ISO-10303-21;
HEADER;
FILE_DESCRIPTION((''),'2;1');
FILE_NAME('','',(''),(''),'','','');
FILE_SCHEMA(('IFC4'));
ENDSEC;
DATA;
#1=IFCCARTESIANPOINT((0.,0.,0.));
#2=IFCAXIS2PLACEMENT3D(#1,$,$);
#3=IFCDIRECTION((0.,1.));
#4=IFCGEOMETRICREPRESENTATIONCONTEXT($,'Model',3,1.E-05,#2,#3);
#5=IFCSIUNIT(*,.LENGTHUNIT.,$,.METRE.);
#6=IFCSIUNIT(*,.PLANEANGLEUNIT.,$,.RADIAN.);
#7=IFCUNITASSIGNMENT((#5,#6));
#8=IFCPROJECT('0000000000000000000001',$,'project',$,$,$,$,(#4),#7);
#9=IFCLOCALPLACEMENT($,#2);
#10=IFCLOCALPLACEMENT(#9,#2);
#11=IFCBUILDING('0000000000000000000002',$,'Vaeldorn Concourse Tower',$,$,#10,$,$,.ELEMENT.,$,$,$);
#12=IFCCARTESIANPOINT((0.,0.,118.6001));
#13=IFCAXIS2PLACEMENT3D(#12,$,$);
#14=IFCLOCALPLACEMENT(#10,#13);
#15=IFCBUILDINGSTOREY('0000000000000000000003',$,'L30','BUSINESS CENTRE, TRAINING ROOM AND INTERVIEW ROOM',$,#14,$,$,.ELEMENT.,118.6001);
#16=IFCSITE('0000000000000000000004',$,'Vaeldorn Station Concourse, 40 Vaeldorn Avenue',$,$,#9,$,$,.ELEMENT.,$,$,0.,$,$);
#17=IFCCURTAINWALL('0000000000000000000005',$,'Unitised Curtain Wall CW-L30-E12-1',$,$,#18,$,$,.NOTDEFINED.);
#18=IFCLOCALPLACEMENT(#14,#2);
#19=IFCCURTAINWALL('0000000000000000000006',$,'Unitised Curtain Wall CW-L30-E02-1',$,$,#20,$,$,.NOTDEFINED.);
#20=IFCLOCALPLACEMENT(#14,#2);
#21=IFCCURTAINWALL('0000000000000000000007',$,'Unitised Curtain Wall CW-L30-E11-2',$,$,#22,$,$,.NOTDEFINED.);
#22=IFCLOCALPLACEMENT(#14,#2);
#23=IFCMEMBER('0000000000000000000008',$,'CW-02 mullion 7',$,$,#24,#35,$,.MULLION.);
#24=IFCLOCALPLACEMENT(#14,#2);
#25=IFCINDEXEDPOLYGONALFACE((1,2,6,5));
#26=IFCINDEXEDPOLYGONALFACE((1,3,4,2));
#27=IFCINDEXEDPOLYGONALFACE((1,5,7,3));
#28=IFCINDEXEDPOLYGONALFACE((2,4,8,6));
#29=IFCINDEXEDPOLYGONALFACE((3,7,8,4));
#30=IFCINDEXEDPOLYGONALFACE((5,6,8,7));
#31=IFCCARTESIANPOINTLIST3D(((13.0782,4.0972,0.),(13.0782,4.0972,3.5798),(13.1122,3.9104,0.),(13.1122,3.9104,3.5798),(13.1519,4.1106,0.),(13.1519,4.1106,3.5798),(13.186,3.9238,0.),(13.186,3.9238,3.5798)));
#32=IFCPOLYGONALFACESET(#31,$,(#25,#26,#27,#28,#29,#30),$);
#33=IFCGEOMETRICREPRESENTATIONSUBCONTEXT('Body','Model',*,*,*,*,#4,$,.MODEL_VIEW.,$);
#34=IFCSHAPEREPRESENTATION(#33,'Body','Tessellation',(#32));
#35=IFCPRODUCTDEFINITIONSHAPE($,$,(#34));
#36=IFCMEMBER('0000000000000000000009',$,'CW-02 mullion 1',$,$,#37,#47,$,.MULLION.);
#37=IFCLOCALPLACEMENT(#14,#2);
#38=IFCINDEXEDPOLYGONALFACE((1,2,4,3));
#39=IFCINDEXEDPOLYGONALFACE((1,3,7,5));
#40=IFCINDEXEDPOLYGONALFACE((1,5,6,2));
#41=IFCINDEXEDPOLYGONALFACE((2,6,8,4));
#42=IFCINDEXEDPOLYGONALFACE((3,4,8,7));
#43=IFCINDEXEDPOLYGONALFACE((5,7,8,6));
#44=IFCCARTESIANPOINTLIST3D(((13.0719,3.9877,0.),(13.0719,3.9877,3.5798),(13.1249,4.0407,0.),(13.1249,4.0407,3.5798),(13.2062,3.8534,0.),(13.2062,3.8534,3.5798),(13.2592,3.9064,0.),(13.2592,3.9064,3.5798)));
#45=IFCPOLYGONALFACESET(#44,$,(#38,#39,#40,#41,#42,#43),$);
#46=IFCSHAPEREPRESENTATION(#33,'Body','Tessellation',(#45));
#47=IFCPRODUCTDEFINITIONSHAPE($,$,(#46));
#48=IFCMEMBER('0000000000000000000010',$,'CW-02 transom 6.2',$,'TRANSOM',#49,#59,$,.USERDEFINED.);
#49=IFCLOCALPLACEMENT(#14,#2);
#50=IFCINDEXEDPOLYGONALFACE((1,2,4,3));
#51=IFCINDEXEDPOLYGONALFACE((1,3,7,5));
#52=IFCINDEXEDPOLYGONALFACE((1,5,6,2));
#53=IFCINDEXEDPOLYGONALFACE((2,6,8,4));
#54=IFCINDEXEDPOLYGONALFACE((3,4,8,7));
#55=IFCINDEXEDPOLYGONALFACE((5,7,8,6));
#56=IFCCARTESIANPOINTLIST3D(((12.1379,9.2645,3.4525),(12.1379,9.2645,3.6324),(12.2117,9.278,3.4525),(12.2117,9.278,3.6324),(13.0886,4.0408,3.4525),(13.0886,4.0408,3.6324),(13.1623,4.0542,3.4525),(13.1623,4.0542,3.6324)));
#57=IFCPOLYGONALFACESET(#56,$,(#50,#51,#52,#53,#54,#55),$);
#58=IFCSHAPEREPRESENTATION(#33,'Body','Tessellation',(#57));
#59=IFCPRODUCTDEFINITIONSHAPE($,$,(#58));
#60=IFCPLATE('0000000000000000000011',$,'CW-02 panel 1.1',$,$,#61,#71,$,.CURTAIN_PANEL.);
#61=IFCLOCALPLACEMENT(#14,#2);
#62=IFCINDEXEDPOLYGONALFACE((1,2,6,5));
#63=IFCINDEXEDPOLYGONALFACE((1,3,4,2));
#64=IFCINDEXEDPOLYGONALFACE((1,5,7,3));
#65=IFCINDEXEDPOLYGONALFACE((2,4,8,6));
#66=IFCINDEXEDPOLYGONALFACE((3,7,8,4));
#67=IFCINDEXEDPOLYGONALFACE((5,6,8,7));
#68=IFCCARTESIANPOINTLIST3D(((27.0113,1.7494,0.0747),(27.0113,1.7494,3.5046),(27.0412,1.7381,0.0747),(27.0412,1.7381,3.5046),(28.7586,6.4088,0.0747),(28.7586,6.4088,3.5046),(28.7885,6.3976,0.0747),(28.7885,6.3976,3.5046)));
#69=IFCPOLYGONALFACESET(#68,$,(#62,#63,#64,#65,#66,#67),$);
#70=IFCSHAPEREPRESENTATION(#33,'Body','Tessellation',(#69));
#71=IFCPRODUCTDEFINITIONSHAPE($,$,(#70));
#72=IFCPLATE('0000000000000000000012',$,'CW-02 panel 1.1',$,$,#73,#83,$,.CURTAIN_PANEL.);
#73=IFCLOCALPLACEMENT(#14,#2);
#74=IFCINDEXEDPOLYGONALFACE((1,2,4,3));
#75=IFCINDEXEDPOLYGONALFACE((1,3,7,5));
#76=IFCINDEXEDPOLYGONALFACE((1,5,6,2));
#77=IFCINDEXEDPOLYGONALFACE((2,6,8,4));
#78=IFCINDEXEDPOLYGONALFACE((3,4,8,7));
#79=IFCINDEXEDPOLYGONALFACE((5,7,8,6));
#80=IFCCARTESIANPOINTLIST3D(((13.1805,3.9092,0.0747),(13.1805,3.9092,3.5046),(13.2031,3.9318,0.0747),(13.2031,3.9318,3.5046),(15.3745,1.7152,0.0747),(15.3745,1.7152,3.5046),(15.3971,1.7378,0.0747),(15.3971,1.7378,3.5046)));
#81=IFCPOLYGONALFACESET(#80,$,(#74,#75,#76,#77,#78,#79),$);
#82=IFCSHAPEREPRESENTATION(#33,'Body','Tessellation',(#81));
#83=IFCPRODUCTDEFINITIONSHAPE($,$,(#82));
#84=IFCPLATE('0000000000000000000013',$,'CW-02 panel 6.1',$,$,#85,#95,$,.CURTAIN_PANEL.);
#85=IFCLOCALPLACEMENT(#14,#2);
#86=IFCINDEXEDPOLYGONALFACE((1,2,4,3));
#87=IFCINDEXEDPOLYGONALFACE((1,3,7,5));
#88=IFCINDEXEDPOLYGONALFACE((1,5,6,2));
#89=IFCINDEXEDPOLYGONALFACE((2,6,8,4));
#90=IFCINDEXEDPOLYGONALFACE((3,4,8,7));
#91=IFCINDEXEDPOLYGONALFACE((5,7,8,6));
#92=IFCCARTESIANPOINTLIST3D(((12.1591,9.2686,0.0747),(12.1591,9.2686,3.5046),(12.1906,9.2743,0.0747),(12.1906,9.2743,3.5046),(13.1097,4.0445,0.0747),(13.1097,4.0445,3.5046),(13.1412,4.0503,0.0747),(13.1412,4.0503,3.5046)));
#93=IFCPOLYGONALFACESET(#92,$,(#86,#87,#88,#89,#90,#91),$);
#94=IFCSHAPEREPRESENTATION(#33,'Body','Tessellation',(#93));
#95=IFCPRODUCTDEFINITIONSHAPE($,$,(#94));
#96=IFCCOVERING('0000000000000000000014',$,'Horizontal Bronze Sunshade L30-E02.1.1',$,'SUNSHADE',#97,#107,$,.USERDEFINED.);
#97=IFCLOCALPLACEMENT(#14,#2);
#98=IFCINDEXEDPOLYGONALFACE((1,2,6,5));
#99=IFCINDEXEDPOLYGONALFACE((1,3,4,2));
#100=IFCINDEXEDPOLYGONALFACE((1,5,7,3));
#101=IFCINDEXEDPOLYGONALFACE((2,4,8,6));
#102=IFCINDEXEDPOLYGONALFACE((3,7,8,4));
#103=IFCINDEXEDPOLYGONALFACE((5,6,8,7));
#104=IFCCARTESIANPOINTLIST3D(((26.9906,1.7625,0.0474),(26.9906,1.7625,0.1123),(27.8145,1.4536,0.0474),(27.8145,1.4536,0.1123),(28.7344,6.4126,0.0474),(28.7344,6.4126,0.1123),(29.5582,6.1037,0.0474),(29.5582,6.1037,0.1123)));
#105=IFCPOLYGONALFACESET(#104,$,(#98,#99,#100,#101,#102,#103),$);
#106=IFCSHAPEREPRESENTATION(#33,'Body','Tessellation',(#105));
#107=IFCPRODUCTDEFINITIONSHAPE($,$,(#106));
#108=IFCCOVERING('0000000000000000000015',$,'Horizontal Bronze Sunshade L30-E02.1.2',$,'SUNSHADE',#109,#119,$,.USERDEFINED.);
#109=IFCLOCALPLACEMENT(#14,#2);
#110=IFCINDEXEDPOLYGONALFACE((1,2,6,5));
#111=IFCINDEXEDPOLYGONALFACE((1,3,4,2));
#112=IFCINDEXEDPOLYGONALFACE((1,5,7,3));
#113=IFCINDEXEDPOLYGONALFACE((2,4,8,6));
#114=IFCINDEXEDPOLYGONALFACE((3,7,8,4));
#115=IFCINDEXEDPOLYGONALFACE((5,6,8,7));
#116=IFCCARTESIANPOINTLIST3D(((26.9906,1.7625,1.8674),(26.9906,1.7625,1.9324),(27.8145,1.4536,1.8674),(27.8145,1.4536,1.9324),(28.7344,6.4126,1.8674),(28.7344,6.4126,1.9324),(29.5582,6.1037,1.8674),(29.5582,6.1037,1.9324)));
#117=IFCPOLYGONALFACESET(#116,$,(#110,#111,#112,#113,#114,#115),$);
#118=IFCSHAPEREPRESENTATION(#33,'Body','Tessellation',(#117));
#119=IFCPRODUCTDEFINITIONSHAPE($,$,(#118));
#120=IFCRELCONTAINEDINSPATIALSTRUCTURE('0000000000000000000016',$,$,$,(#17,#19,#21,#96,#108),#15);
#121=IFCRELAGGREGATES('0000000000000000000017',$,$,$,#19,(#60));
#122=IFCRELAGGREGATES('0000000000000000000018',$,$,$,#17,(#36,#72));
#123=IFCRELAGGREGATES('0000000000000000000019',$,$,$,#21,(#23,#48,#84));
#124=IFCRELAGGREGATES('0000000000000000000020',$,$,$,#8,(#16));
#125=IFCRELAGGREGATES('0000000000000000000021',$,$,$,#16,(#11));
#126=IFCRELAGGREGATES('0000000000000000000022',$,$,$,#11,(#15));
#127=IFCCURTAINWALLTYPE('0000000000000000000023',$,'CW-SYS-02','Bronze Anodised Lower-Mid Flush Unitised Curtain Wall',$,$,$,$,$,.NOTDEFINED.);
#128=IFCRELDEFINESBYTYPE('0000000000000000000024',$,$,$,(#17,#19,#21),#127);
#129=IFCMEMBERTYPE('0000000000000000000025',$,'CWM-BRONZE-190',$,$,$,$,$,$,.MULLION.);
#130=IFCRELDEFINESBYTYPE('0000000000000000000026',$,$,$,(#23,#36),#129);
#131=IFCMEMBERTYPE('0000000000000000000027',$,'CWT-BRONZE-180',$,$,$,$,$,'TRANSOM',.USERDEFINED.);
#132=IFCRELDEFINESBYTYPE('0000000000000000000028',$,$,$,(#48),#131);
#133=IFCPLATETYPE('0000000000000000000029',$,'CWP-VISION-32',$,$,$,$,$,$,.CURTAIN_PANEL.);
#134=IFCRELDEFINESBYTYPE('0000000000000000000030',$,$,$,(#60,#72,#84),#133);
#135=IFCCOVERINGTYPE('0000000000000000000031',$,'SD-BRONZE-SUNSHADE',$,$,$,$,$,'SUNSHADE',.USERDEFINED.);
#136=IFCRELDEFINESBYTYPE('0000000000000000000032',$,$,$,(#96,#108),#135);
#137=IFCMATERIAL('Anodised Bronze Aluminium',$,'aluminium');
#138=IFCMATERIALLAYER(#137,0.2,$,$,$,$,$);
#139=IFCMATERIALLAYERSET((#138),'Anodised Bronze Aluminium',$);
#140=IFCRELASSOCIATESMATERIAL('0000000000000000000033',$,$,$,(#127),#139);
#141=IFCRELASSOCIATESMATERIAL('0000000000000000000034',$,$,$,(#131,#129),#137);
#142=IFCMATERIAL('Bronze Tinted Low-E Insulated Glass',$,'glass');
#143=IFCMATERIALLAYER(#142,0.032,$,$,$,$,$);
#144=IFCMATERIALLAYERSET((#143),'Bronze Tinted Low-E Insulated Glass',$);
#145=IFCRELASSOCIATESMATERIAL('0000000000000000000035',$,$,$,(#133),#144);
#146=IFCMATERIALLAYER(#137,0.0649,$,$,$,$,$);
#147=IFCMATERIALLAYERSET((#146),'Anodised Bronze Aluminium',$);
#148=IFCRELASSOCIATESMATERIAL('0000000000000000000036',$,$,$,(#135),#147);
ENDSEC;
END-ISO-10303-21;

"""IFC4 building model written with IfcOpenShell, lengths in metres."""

from ifc_helpers import new_model, si_unit, direction, frame, origin, origin_2d, place, context, subcontext, project, spatial, rectangle, extrude, source, transform, mapped, material, layer, layer_set, material_profile, profile_set, type_object, element, aggregate, save


model = new_model("IFC4")

# Units and contexts
model_context = context("Model", 3, precision=1e-05, world=origin(), true_north=direction((0.0, 1.0)))
body_context = subcontext(model_context, "Body", "Model", "MODEL_VIEW")
ifc_project = project(units=[si_unit("LENGTHUNIT", "METRE"), si_unit("PLANEANGLEUNIT", "RADIAN")], contexts=[model_context])

# Site, building, storey
site_placement = place(None, origin())
site = spatial("IfcSite", under=ifc_project, at=site_placement, Name="Vaeldorn Station Concourse, 40 Vaeldorn Avenue", CompositionType="ELEMENT", RefElevation=0.0)
building_placement = place(site_placement, origin())
building = spatial("IfcBuilding", under=site, at=building_placement, Name="Vaeldorn Concourse Tower", CompositionType="ELEMENT")
storey_placement = place(building_placement, frame((0.0, 0.0, 118.6001)))
storey = spatial("IfcBuildingStorey", under=building, at=storey_placement, Name="L30", Description="BUSINESS CENTRE, TRAINING ROOM AND INTERVIEW ROOM", CompositionType="ELEMENT", Elevation=118.6001)

# Curtain wall
ifc_material_1 = material(Name="Anodised Bronze Aluminium", Category="aluminium")
ifc_layer_1 = layer(ifc_material_1, 0.2)
ifc_layer_set_1 = layer_set([ifc_layer_1], Name="Anodised Bronze Aluminium")
curtain_wall_type = type_object("IfcCurtainWallType", Name="CW-SYS-02", Description="Bronze Anodised Lower-Mid Flush Unitised Curtain Wall", PredefinedType="NOTDEFINED", material=ifc_layer_set_1)
ifc_material_profile_1 = material_profile(ifc_material_1, rectangle(XDim=0.075, YDim=0.1799, at=origin_2d()), Name="CWT 75x180")
ifc_profile_set_1 = profile_set([ifc_material_profile_1], Name="Anodised Bronze Aluminium")
member_type_1 = type_object("IfcMemberType", Name="CWT-BRONZE-180", ElementType="TRANSOM", PredefinedType="USERDEFINED", material=ifc_profile_set_1)
curtain_wall_1_placement = place(storey_placement, origin())
curtain_wall_1 = element("IfcCurtainWall", 1, at=curtain_wall_1_placement, inside=storey, type_object=curtain_wall_type, Name="Unitised Curtain Wall CW-L30-E12-1", PredefinedType="NOTDEFINED")

# Curtain wall
curtain_wall_2_placement = place(storey_placement, origin())
curtain_wall_2 = element("IfcCurtainWall", 2, at=curtain_wall_2_placement, inside=storey, type_object=curtain_wall_type, Name="Unitised Curtain Wall CW-L30-E02-1", PredefinedType="NOTDEFINED")
ifc_material_profile_2 = material_profile(ifc_material_1, rectangle(XDim=0.075, YDim=0.1899, at=origin_2d()), Name="CWM 75x190")
ifc_profile_set_2 = profile_set([ifc_material_profile_2], Name="Anodised Bronze Aluminium")
member_type_2 = type_object("IfcMemberType", Name="CWM-BRONZE-190", PredefinedType="MULLION", material=ifc_profile_set_2)
shared_shape_1 = source(origin(), body_context, "Body", "SweptSolid", [
    extrude(rectangle(XDim=0.075, YDim=0.1899, at=origin_2d()), origin(), (0.0, 0.0, 1.0), 3.5798),
])

# Curtain wall, member
curtain_wall_3_placement = place(storey_placement, origin())
curtain_wall_3 = element("IfcCurtainWall", 3, at=curtain_wall_3_placement, inside=storey, type_object=curtain_wall_type, Name="Unitised Curtain Wall CW-L30-E11-2", PredefinedType="NOTDEFINED")
member_1_placement = place(storey_placement, frame((13.1321, 4.0105, 0.0), z_axis=(0.0, 0.0, 1.0), x_axis=(0.983844, 0.17903, 0.0)))
member_1 = element("IfcMember", 4, at=member_1_placement, type_object=member_type_2, Name="CW-02 mullion 7", PredefinedType="MULLION", context=body_context, shape_type="MappedRepresentation", body=[
    mapped(shared_shape_1, transform((0.0, 0.0, 0.0), scale=1.0)),
])

# Members
member_2_placement = place(storey_placement, frame((13.1655, 3.947, 0.0), z_axis=(0.0, 0.0, 1.0), x_axis=(0.707107, 0.707107, 0.0)))
member_2 = element("IfcMember", 5, at=member_2_placement, type_object=member_type_2, Name="CW-02 mullion 1", PredefinedType="MULLION", context=body_context, shape_type="MappedRepresentation", body=[
    mapped(shared_shape_1, transform((0.0, 0.0, 0.0), scale=1.0)),
])
shared_shape_2 = source(origin(), body_context, "Body", "SweptSolid", [
    extrude(rectangle(XDim=0.075, YDim=0.1799, at=origin_2d()), origin(), (0.0, 0.0, 1.0), 5.3096),
])
member_3_placement = place(storey_placement, frame((12.1748, 9.2712, 3.5425), z_axis=(0.179047, -0.98384, 0.0), x_axis=(0.98384, 0.179047, 0.0)))
member_3 = element("IfcMember", 6, at=member_3_placement, type_object=member_type_1, Name="CW-02 transom 6.2", ObjectType="TRANSOM", PredefinedType="USERDEFINED", context=body_context, shape_type="MappedRepresentation", body=[
    mapped(shared_shape_2, transform((0.0, 0.0, 0.0), scale=1.0)),
])

# Plates
ifc_material_2 = material(Name="Bronze Tinted Low-E Insulated Glass", Category="glass")
ifc_layer_2 = layer(ifc_material_2, 0.032)
ifc_layer_set_2 = layer_set([ifc_layer_2], Name="Bronze Tinted Low-E Insulated Glass")
plate_type = type_object("IfcPlateType", Name="CWP-VISION-32", PredefinedType="CURTAIN_PANEL", material=ifc_layer_set_2)
shared_shape_3 = source(origin(), body_context, "Body", "SweptSolid", [
    extrude(rectangle(XDim=4.9763, YDim=0.032, at=origin_2d()), origin(), (0.0, 0.0, 1.0), 3.4299),
])
plate_1_placement = place(storey_placement, frame((27.8999, 4.0735, 0.0747), z_axis=(0.0, 0.0, 1.0), x_axis=(0.351123, 0.936329, 0.0)))
plate_1 = element("IfcPlate", 7, at=plate_1_placement, type_object=plate_type, Name="CW-02 panel 1.1", PredefinedType="CURTAIN_PANEL", context=body_context, shape_type="MappedRepresentation", body=[
    mapped(shared_shape_3, transform((0.0, 0.0, 0.0), scale=1.0)),
])
aggregate(curtain_wall_2, [plate_1])
shared_shape_4 = source(origin(), body_context, "Body", "SweptSolid", [
    extrude(rectangle(XDim=3.1028, YDim=0.032, at=origin_2d()), origin(), (0.0, 0.0, 1.0), 3.4299),
])
plate_2_placement = place(storey_placement, frame((14.2888, 2.8235, 0.0747), z_axis=(0.0, 0.0, 1.0), x_axis=(0.707107, -0.707107, 0.0)))
plate_2 = element("IfcPlate", 8, at=plate_2_placement, type_object=plate_type, Name="CW-02 panel 1.1", PredefinedType="CURTAIN_PANEL", context=body_context, shape_type="MappedRepresentation", body=[
    mapped(shared_shape_4, transform((0.0, 0.0, 0.0), scale=1.0)),
])
aggregate(curtain_wall_1, [member_2, plate_2])
shared_shape_5 = source(origin(), body_context, "Body", "SweptSolid", [
    extrude(rectangle(XDim=5.3098, YDim=0.032, at=origin_2d()), origin(), (0.0, 0.0, 1.0), 3.4299),
])
plate_3_placement = place(storey_placement, frame((12.6501, 6.6594, 0.0747), z_axis=(0.0, 0.0, 1.0), x_axis=(0.17903, -0.983844, 0.0)))
plate_3 = element("IfcPlate", 9, at=plate_3_placement, type_object=plate_type, Name="CW-02 panel 6.1", PredefinedType="CURTAIN_PANEL", context=body_context, shape_type="MappedRepresentation", body=[
    mapped(shared_shape_5, transform((0.0, 0.0, 0.0), scale=1.0)),
])
aggregate(curtain_wall_3, [member_1, member_3, plate_3])

# Coverings
ifc_layer_3 = layer(ifc_material_1, 0.0649)
ifc_layer_set_3 = layer_set([ifc_layer_3], Name="Anodised Bronze Aluminium")
covering_type = type_object("IfcCoveringType", Name="SD-BRONZE-SUNSHADE", ElementType="SUNSHADE", PredefinedType="USERDEFINED", material=ifc_layer_set_3)
shared_shape_6 = source(origin(), body_context, "Body", "SweptSolid", [
    extrude(rectangle(XDim=4.9663, YDim=0.8799, at=origin_2d()), origin(), (0.0, 0.0, 1.0), 0.0649),
])
for number, where, z_axis, x_axis, name in (
    (10, (28.2744, 3.9331, 0.0474), (0.0, 0.0, 1.0), (0.351123, 0.936329, 0.0), "Horizontal Bronze Sunshade L30-E02.1.1"),
    (11, (28.2744, 3.9331, 1.8674), (0.0, 0.0, 1.0), (0.351123, 0.936329, 0.0), "Horizontal Bronze Sunshade L30-E02.1.2"),
):
    element("IfcCovering", number, at=place(storey_placement, frame(where, z_axis=z_axis, x_axis=x_axis)), inside=storey, type_object=covering_type, Name=name, ObjectType="SUNSHADE", PredefinedType="USERDEFINED", context=body_context, shape_type="MappedRepresentation", body=[
        mapped(shared_shape_6, transform((0.0, 0.0, 0.0), scale=1.0)),
    ])

save(model, "model.ifc")
